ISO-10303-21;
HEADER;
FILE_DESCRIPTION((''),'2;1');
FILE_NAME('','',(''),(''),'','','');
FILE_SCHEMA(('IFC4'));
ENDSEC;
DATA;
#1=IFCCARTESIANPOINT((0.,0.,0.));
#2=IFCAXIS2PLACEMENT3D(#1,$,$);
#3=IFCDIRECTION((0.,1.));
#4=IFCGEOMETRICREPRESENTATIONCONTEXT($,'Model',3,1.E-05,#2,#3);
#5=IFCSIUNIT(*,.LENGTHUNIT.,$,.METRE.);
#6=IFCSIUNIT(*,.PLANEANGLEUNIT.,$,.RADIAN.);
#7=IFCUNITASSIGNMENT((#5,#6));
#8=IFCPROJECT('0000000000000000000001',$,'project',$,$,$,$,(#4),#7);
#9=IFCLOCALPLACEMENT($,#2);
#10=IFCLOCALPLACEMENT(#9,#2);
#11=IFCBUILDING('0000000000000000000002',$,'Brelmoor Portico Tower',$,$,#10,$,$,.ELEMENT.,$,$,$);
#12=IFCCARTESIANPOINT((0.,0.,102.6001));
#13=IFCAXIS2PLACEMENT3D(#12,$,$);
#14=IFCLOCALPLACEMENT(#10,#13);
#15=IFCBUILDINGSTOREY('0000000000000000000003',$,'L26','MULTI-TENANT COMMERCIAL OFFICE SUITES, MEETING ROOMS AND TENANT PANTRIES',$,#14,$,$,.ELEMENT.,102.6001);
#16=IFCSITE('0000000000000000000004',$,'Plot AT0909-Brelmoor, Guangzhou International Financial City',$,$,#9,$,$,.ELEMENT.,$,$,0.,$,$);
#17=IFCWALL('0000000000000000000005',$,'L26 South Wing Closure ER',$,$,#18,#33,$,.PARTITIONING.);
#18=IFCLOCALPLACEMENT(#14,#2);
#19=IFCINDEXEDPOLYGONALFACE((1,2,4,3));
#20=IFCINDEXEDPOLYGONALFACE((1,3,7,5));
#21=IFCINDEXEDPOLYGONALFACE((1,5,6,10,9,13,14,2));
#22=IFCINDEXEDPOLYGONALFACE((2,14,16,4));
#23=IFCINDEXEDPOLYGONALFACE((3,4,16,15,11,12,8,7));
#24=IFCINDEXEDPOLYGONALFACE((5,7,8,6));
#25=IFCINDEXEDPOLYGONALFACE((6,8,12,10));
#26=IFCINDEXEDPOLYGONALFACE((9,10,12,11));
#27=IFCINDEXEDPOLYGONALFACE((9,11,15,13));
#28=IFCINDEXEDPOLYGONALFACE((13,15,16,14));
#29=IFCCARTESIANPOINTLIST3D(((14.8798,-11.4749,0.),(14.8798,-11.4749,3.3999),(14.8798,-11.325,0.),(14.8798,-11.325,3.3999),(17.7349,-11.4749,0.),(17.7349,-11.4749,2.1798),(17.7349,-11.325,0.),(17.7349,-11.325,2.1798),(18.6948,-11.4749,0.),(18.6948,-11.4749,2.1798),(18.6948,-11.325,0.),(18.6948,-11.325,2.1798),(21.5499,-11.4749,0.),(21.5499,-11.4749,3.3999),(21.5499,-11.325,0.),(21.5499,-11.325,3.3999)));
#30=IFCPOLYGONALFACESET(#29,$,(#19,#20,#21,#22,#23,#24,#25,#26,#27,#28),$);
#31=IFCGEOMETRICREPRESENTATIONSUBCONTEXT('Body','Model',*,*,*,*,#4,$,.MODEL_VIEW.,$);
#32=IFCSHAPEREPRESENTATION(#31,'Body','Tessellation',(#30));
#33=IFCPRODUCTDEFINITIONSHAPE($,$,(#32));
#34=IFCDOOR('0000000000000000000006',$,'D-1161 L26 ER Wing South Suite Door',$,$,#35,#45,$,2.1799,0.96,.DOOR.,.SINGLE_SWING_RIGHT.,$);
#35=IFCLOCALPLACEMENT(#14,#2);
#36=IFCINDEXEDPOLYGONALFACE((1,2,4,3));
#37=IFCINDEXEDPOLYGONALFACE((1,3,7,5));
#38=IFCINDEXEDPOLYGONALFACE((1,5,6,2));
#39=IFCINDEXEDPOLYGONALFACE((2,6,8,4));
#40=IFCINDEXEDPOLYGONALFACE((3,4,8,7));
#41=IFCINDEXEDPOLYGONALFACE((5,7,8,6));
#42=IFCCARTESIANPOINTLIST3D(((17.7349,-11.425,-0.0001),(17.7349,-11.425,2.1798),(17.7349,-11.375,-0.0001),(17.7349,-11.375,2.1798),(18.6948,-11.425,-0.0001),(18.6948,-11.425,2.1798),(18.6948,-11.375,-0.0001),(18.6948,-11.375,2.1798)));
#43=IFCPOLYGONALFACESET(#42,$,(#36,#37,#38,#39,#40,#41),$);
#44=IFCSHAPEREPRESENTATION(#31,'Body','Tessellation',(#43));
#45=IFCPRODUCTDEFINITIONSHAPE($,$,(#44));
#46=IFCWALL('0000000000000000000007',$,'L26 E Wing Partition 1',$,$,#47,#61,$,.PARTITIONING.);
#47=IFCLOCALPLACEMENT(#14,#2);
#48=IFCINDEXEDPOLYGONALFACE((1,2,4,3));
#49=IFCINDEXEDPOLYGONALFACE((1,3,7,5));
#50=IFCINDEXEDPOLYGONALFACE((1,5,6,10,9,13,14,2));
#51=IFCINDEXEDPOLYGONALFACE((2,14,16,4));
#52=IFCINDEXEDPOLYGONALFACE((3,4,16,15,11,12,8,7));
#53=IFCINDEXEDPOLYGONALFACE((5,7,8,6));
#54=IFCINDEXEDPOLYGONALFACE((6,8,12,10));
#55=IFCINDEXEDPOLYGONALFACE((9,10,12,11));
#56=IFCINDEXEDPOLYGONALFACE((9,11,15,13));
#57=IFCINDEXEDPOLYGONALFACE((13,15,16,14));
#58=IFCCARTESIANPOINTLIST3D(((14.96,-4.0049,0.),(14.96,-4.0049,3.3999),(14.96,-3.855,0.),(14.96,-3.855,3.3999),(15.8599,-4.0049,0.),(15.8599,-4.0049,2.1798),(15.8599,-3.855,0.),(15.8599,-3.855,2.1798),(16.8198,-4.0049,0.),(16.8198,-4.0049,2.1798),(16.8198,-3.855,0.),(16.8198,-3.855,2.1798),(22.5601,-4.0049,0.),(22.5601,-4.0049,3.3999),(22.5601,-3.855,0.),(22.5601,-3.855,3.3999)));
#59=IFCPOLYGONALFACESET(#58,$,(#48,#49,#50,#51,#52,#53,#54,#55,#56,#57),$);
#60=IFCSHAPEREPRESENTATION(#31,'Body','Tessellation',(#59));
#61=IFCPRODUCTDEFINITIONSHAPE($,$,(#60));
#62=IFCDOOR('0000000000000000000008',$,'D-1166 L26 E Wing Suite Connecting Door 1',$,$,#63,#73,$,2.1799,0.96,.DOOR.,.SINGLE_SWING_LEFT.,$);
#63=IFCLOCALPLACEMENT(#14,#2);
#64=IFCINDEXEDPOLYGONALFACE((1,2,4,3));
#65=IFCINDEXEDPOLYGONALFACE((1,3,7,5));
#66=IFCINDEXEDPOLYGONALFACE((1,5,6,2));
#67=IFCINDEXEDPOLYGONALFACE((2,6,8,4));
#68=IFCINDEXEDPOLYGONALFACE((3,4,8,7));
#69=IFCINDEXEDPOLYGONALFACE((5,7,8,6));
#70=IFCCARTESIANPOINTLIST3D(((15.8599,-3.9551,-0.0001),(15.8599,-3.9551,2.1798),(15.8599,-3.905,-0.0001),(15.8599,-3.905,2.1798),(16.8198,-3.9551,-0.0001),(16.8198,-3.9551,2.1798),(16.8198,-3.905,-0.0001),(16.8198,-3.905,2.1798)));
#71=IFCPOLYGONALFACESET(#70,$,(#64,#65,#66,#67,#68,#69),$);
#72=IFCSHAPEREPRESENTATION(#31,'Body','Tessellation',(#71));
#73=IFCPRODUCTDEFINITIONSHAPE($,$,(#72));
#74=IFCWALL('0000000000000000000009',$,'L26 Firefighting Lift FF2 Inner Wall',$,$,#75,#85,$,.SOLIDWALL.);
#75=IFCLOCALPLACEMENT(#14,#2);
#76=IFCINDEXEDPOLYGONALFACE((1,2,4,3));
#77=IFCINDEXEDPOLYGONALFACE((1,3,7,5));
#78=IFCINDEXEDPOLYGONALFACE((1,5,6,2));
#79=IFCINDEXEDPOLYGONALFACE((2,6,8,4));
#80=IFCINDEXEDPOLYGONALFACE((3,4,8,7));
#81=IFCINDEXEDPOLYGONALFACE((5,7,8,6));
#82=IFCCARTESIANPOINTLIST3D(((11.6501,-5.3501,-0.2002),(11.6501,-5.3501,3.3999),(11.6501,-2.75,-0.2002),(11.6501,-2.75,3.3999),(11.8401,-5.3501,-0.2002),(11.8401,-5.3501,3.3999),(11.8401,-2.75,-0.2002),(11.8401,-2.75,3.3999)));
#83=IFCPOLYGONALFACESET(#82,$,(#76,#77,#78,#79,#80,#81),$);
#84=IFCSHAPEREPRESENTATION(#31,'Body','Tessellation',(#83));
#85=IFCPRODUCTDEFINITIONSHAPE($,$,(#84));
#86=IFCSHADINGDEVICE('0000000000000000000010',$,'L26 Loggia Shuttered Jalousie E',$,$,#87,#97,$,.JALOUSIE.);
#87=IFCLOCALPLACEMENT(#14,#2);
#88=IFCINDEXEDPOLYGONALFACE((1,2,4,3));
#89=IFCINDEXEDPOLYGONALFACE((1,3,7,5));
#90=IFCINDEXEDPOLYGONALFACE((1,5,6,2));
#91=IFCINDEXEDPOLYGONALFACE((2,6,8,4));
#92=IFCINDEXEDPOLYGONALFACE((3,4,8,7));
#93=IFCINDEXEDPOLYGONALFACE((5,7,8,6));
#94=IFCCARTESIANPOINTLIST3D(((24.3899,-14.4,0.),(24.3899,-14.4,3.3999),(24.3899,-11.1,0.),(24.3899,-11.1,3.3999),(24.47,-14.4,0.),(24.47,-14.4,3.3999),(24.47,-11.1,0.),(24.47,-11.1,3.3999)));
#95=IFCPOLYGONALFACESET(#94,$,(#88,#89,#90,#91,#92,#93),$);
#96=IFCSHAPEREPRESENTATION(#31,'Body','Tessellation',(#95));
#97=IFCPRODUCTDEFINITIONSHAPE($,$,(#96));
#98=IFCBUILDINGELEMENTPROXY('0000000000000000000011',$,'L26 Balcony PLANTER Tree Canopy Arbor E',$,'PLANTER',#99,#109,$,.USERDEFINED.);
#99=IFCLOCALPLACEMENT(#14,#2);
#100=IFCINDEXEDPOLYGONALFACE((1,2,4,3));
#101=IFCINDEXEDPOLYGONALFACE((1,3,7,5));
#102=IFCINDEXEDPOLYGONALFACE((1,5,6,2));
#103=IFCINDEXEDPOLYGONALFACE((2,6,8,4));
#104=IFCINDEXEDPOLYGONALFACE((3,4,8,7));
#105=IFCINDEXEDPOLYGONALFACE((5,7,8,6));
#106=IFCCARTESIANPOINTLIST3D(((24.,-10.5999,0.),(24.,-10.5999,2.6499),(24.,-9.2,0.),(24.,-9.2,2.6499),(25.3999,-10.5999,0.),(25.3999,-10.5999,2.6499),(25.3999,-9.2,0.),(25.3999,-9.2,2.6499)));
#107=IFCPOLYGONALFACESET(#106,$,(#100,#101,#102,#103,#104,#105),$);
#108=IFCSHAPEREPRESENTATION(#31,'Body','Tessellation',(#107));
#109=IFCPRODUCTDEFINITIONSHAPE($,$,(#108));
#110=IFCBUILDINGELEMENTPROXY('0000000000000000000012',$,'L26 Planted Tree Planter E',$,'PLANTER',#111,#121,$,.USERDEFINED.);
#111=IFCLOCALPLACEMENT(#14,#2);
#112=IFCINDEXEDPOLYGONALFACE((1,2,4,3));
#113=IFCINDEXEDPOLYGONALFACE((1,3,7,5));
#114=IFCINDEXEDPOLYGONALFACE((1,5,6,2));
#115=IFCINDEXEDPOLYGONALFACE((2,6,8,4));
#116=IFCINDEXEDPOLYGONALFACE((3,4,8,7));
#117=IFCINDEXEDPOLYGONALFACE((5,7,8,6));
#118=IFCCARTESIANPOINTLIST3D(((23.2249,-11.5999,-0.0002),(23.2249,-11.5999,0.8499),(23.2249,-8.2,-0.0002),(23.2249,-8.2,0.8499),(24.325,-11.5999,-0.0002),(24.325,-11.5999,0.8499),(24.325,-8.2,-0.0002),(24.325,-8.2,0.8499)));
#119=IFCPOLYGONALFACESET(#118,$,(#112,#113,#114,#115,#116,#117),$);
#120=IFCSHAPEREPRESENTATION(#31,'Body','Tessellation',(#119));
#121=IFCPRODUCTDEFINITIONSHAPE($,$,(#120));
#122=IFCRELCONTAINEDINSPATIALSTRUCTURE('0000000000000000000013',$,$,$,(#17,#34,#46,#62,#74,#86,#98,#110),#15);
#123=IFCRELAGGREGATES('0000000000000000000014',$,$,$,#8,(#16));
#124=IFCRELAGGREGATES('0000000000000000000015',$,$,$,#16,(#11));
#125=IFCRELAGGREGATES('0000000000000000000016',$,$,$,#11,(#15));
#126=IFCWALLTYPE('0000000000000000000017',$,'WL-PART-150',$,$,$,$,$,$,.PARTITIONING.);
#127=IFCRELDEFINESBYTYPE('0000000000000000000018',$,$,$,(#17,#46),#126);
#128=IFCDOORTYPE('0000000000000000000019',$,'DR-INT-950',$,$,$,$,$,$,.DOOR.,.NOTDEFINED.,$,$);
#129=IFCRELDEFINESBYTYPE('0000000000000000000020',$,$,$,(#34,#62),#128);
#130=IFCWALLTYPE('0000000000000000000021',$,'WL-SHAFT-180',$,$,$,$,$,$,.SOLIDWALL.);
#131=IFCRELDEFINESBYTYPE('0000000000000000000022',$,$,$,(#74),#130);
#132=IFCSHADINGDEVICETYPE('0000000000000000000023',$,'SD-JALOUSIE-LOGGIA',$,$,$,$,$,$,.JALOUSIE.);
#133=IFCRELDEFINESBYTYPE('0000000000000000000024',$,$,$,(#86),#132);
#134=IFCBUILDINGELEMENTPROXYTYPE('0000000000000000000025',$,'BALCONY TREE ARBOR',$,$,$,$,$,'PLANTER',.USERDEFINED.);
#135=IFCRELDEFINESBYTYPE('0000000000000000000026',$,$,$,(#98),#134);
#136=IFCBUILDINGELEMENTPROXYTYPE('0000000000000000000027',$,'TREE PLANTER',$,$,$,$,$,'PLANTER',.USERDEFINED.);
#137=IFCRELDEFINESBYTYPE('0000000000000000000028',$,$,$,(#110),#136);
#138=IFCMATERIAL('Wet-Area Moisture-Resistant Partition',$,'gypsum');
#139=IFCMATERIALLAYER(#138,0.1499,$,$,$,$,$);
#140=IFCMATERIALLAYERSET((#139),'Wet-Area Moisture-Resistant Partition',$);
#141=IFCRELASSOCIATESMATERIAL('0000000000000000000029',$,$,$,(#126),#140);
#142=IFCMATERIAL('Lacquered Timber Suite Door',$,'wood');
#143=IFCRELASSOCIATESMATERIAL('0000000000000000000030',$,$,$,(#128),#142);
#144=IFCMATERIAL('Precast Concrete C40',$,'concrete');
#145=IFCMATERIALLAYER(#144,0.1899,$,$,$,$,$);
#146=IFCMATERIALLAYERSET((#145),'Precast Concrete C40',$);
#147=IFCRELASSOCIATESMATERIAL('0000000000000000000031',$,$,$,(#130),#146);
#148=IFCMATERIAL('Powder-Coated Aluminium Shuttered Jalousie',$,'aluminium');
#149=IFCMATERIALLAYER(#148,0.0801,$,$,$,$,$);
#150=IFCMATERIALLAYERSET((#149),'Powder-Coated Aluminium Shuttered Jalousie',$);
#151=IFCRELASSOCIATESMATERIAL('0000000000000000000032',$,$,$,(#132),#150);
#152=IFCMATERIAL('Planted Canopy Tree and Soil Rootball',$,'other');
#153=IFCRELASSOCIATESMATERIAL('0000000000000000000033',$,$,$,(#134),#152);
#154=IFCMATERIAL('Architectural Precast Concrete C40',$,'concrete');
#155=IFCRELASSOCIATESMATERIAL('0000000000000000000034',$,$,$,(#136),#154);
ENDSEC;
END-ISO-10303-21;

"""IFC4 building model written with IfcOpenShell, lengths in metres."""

from ifc_helpers import new_model, si_unit, direction, frame, frame_2d, origin, origin_2d, place, context, subcontext, project, spatial, rectangle, extrude, material, layer, layer_set, type_object, element, fill, save


model = new_model("IFC4")

# Units and contexts
model_context = context("Model", 3, precision=1e-05, world=origin(), true_north=direction((0.0, 1.0)))
body_context = subcontext(model_context, "Body", "Model", "MODEL_VIEW")
ifc_project = project(units=[si_unit("LENGTHUNIT", "METRE"), si_unit("PLANEANGLEUNIT", "RADIAN")], contexts=[model_context])

# Site, building, storey
site_placement = place(None, origin())
site = spatial("IfcSite", under=ifc_project, at=site_placement, Name="Plot AT0909-Brelmoor, Guangzhou International Financial City", CompositionType="ELEMENT", RefElevation=0.0)
building_placement = place(site_placement, origin())
building = spatial("IfcBuilding", under=site, at=building_placement, Name="Brelmoor Portico Tower", CompositionType="ELEMENT")
storey_placement = place(building_placement, frame((0.0, 0.0, 102.6001)))
storey = spatial("IfcBuildingStorey", under=building, at=storey_placement, Name="L26", Description="MULTI-TENANT COMMERCIAL OFFICE SUITES, MEETING ROOMS AND TENANT PANTRIES", CompositionType="ELEMENT", Elevation=102.6001)

# Walls, openings, doors
ifc_material_1 = material(Name="Wet-Area Moisture-Resistant Partition", Category="gypsum")
ifc_layer_1 = layer(ifc_material_1, 0.1499)
ifc_layer_set_1 = layer_set([ifc_layer_1], Name="Wet-Area Moisture-Resistant Partition")
wall_type_1 = type_object("IfcWallType", Name="WL-PART-150", PredefinedType="PARTITIONING", material=ifc_layer_set_1)
wall_1_placement = place(storey_placement, frame((14.8799, -11.3999, 0.0), z_axis=(0.0, 0.0, 1.0), x_axis=(1.0, 0.0, 0.0)))
wall_1 = element("IfcWall", 1, at=wall_1_placement, inside=storey, type_object=wall_type_1, Name="L26 South Wing Closure ER", PredefinedType="PARTITIONING", context=body_context, shape_type="SweptSolid", body=[
    extrude(rectangle(XDim=6.6702, YDim=0.1499, at=frame_2d((3.335, 0.0))), origin(), (0.0, 0.0, 1.0), 3.3999),
])
opening_1_placement = place(wall_1_placement, frame((2.855, 0.0, 0.0)))
opening_1 = element("IfcOpeningElement", 2, at=opening_1_placement, cuts=wall_1, PredefinedType="OPENING", context=body_context, shape_type="SweptSolid", body=[
    extrude(rectangle(XDim=0.96, YDim=2.1799, at=frame_2d((0.48, 1.0898))), frame((0.0, 0.085, 0.0), z_axis=(0.0, -1.0, 0.0), x_axis=(1.0, 0.0, 0.0)), (0.0, 0.0, 1.0), 0.1699),
])
ifc_material_2 = material(Name="Lacquered Timber Suite Door", Category="wood")
door_type_1 = type_object("IfcDoorType", Name="DR-INT-950", OperationType="NOTDEFINED", PredefinedType="DOOR", material=ifc_material_2)
door_1_placement = place(opening_1_placement, origin())
door_1 = element("IfcDoor", 3, at=door_1_placement, inside=storey, type_object=door_type_1, Name="D-1161 L26 ER Wing South Suite Door", OperationType="SINGLE_SWING_RIGHT", OverallHeight=2.1799, OverallWidth=0.96, PredefinedType="DOOR", context=body_context, shape_type="SweptSolid", body=[
    extrude(rectangle(XDim=0.96, YDim=2.1799, at=frame_2d((0.48, 1.0898))), frame((0.0, 0.0249, 0.0), z_axis=(0.0, -1.0, 0.0), x_axis=(1.0, 0.0, 0.0)), (0.0, 0.0, 1.0), 0.05),
])
fill(opening_1, door_1)
wall_2_placement = place(storey_placement, frame((14.96, -3.9299, 0.0), z_axis=(0.0, 0.0, 1.0), x_axis=(1.0, 0.0, 0.0)))
wall_2 = element("IfcWall", 4, at=wall_2_placement, inside=storey, type_object=wall_type_1, Name="L26 E Wing Partition 1", PredefinedType="PARTITIONING", context=body_context, shape_type="SweptSolid", body=[
    extrude(rectangle(XDim=7.6001, YDim=0.1499, at=frame_2d((3.8, 0.0))), origin(), (0.0, 0.0, 1.0), 3.3999),
])
opening_2_placement = place(wall_2_placement, frame((0.8999, 0.0, 0.0)))
opening_2 = element("IfcOpeningElement", 5, at=opening_2_placement, cuts=wall_2, PredefinedType="OPENING", context=body_context, shape_type="SweptSolid", body=[
    extrude(rectangle(XDim=0.96, YDim=2.1799, at=frame_2d((0.48, 1.0898))), frame((0.0, 0.085, 0.0), z_axis=(0.0, -1.0, 0.0), x_axis=(1.0, 0.0, 0.0)), (0.0, 0.0, 1.0), 0.1699),
])
door_2_placement = place(opening_2_placement, origin())
door_2 = element("IfcDoor", 6, at=door_2_placement, inside=storey, type_object=door_type_1, Name="D-1166 L26 E Wing Suite Connecting Door 1", OperationType="SINGLE_SWING_LEFT", OverallHeight=2.1799, OverallWidth=0.96, PredefinedType="DOOR", context=body_context, shape_type="SweptSolid", body=[
    extrude(rectangle(XDim=0.96, YDim=2.1799, at=frame_2d((0.48, 1.0898))), frame((0.0, 0.0249, 0.0), z_axis=(0.0, -1.0, 0.0), x_axis=(1.0, 0.0, 0.0)), (0.0, 0.0, 1.0), 0.05),
])
fill(opening_2, door_2)

# Wall
ifc_material_3 = material(Name="Precast Concrete C40", Category="concrete")
ifc_layer_2 = layer(ifc_material_3, 0.1899)
ifc_layer_set_2 = layer_set([ifc_layer_2], Name="Precast Concrete C40")
wall_type_2 = type_object("IfcWallType", Name="WL-SHAFT-180", PredefinedType="SOLIDWALL", material=ifc_layer_set_2)
wall_3_placement = place(storey_placement, frame((11.7451, -5.3501, -0.2002), z_axis=(0.0, 0.0, 1.0), x_axis=(0.0, 1.0, 0.0)))
element("IfcWall", 7, at=wall_3_placement, inside=storey, type_object=wall_type_2, Name="L26 Firefighting Lift FF2 Inner Wall", PredefinedType="SOLIDWALL", context=body_context, shape_type="SweptSolid", body=[
    extrude(rectangle(XDim=2.6001, YDim=0.1899, at=frame_2d((1.3, 0.0))), origin(), (0.0, 0.0, 1.0), 3.6001),
])

# Shading device
ifc_material_4 = material(Name="Powder-Coated Aluminium Shuttered Jalousie", Category="aluminium")
ifc_layer_3 = layer(ifc_material_4, 0.0801)
ifc_layer_set_3 = layer_set([ifc_layer_3], Name="Powder-Coated Aluminium Shuttered Jalousie")
shading_device_type = type_object("IfcShadingDeviceType", Name="SD-JALOUSIE-LOGGIA", PredefinedType="JALOUSIE", material=ifc_layer_set_3)
shading_device_placement = place(storey_placement, frame((24.4299, -12.75, 0.0), z_axis=(0.0, 0.0, 1.0), x_axis=(0.0, 1.0, 0.0)))
element("IfcShadingDevice", 8, at=shading_device_placement, inside=storey, type_object=shading_device_type, Name="L26 Loggia Shuttered Jalousie E", PredefinedType="JALOUSIE", context=body_context, shape_type="SweptSolid", body=[
    extrude(rectangle(XDim=3.3, YDim=0.0801, at=origin_2d()), origin(), (0.0, 0.0, 1.0), 3.3999),
])

# Building element proxies
ifc_material_5 = material(Name="Planted Canopy Tree and Soil Rootball", Category="other")
building_element_proxy_type_1 = type_object("IfcBuildingElementProxyType", Name="BALCONY TREE ARBOR", ElementType="PLANTER", PredefinedType="USERDEFINED", material=ifc_material_5)
proxy_1_placement = place(storey_placement, frame((24.7, -9.8999, 0.0), z_axis=(0.0, 0.0, 1.0), x_axis=(1.0, 0.0, 0.0)))
element("IfcBuildingElementProxy", 9, at=proxy_1_placement, inside=storey, type_object=building_element_proxy_type_1, Name="L26 Balcony PLANTER Tree Canopy Arbor E", ObjectType="PLANTER", PredefinedType="USERDEFINED", context=body_context, shape_type="SweptSolid", body=[
    extrude(rectangle(XDim=1.3999, YDim=1.3999, at=origin_2d()), origin(), (0.0, 0.0, 1.0), 2.6499),
])
ifc_material_6 = material(Name="Architectural Precast Concrete C40", Category="concrete")
building_element_proxy_type_2 = type_object("IfcBuildingElementProxyType", Name="TREE PLANTER", ElementType="PLANTER", PredefinedType="USERDEFINED", material=ifc_material_6)
proxy_2_placement = place(storey_placement, frame((23.7749, -9.8999, -0.0002), z_axis=(0.0, 0.0, 1.0), x_axis=(0.0, 1.0, 0.0)))
element("IfcBuildingElementProxy", 10, at=proxy_2_placement, inside=storey, type_object=building_element_proxy_type_2, Name="L26 Planted Tree Planter E", ObjectType="PLANTER", PredefinedType="USERDEFINED", context=body_context, shape_type="SweptSolid", body=[
    extrude(rectangle(XDim=3.3999, YDim=1.1001, at=origin_2d()), origin(), (0.0, 0.0, 1.0), 0.8501),
])

save(model, "model.ifc")
